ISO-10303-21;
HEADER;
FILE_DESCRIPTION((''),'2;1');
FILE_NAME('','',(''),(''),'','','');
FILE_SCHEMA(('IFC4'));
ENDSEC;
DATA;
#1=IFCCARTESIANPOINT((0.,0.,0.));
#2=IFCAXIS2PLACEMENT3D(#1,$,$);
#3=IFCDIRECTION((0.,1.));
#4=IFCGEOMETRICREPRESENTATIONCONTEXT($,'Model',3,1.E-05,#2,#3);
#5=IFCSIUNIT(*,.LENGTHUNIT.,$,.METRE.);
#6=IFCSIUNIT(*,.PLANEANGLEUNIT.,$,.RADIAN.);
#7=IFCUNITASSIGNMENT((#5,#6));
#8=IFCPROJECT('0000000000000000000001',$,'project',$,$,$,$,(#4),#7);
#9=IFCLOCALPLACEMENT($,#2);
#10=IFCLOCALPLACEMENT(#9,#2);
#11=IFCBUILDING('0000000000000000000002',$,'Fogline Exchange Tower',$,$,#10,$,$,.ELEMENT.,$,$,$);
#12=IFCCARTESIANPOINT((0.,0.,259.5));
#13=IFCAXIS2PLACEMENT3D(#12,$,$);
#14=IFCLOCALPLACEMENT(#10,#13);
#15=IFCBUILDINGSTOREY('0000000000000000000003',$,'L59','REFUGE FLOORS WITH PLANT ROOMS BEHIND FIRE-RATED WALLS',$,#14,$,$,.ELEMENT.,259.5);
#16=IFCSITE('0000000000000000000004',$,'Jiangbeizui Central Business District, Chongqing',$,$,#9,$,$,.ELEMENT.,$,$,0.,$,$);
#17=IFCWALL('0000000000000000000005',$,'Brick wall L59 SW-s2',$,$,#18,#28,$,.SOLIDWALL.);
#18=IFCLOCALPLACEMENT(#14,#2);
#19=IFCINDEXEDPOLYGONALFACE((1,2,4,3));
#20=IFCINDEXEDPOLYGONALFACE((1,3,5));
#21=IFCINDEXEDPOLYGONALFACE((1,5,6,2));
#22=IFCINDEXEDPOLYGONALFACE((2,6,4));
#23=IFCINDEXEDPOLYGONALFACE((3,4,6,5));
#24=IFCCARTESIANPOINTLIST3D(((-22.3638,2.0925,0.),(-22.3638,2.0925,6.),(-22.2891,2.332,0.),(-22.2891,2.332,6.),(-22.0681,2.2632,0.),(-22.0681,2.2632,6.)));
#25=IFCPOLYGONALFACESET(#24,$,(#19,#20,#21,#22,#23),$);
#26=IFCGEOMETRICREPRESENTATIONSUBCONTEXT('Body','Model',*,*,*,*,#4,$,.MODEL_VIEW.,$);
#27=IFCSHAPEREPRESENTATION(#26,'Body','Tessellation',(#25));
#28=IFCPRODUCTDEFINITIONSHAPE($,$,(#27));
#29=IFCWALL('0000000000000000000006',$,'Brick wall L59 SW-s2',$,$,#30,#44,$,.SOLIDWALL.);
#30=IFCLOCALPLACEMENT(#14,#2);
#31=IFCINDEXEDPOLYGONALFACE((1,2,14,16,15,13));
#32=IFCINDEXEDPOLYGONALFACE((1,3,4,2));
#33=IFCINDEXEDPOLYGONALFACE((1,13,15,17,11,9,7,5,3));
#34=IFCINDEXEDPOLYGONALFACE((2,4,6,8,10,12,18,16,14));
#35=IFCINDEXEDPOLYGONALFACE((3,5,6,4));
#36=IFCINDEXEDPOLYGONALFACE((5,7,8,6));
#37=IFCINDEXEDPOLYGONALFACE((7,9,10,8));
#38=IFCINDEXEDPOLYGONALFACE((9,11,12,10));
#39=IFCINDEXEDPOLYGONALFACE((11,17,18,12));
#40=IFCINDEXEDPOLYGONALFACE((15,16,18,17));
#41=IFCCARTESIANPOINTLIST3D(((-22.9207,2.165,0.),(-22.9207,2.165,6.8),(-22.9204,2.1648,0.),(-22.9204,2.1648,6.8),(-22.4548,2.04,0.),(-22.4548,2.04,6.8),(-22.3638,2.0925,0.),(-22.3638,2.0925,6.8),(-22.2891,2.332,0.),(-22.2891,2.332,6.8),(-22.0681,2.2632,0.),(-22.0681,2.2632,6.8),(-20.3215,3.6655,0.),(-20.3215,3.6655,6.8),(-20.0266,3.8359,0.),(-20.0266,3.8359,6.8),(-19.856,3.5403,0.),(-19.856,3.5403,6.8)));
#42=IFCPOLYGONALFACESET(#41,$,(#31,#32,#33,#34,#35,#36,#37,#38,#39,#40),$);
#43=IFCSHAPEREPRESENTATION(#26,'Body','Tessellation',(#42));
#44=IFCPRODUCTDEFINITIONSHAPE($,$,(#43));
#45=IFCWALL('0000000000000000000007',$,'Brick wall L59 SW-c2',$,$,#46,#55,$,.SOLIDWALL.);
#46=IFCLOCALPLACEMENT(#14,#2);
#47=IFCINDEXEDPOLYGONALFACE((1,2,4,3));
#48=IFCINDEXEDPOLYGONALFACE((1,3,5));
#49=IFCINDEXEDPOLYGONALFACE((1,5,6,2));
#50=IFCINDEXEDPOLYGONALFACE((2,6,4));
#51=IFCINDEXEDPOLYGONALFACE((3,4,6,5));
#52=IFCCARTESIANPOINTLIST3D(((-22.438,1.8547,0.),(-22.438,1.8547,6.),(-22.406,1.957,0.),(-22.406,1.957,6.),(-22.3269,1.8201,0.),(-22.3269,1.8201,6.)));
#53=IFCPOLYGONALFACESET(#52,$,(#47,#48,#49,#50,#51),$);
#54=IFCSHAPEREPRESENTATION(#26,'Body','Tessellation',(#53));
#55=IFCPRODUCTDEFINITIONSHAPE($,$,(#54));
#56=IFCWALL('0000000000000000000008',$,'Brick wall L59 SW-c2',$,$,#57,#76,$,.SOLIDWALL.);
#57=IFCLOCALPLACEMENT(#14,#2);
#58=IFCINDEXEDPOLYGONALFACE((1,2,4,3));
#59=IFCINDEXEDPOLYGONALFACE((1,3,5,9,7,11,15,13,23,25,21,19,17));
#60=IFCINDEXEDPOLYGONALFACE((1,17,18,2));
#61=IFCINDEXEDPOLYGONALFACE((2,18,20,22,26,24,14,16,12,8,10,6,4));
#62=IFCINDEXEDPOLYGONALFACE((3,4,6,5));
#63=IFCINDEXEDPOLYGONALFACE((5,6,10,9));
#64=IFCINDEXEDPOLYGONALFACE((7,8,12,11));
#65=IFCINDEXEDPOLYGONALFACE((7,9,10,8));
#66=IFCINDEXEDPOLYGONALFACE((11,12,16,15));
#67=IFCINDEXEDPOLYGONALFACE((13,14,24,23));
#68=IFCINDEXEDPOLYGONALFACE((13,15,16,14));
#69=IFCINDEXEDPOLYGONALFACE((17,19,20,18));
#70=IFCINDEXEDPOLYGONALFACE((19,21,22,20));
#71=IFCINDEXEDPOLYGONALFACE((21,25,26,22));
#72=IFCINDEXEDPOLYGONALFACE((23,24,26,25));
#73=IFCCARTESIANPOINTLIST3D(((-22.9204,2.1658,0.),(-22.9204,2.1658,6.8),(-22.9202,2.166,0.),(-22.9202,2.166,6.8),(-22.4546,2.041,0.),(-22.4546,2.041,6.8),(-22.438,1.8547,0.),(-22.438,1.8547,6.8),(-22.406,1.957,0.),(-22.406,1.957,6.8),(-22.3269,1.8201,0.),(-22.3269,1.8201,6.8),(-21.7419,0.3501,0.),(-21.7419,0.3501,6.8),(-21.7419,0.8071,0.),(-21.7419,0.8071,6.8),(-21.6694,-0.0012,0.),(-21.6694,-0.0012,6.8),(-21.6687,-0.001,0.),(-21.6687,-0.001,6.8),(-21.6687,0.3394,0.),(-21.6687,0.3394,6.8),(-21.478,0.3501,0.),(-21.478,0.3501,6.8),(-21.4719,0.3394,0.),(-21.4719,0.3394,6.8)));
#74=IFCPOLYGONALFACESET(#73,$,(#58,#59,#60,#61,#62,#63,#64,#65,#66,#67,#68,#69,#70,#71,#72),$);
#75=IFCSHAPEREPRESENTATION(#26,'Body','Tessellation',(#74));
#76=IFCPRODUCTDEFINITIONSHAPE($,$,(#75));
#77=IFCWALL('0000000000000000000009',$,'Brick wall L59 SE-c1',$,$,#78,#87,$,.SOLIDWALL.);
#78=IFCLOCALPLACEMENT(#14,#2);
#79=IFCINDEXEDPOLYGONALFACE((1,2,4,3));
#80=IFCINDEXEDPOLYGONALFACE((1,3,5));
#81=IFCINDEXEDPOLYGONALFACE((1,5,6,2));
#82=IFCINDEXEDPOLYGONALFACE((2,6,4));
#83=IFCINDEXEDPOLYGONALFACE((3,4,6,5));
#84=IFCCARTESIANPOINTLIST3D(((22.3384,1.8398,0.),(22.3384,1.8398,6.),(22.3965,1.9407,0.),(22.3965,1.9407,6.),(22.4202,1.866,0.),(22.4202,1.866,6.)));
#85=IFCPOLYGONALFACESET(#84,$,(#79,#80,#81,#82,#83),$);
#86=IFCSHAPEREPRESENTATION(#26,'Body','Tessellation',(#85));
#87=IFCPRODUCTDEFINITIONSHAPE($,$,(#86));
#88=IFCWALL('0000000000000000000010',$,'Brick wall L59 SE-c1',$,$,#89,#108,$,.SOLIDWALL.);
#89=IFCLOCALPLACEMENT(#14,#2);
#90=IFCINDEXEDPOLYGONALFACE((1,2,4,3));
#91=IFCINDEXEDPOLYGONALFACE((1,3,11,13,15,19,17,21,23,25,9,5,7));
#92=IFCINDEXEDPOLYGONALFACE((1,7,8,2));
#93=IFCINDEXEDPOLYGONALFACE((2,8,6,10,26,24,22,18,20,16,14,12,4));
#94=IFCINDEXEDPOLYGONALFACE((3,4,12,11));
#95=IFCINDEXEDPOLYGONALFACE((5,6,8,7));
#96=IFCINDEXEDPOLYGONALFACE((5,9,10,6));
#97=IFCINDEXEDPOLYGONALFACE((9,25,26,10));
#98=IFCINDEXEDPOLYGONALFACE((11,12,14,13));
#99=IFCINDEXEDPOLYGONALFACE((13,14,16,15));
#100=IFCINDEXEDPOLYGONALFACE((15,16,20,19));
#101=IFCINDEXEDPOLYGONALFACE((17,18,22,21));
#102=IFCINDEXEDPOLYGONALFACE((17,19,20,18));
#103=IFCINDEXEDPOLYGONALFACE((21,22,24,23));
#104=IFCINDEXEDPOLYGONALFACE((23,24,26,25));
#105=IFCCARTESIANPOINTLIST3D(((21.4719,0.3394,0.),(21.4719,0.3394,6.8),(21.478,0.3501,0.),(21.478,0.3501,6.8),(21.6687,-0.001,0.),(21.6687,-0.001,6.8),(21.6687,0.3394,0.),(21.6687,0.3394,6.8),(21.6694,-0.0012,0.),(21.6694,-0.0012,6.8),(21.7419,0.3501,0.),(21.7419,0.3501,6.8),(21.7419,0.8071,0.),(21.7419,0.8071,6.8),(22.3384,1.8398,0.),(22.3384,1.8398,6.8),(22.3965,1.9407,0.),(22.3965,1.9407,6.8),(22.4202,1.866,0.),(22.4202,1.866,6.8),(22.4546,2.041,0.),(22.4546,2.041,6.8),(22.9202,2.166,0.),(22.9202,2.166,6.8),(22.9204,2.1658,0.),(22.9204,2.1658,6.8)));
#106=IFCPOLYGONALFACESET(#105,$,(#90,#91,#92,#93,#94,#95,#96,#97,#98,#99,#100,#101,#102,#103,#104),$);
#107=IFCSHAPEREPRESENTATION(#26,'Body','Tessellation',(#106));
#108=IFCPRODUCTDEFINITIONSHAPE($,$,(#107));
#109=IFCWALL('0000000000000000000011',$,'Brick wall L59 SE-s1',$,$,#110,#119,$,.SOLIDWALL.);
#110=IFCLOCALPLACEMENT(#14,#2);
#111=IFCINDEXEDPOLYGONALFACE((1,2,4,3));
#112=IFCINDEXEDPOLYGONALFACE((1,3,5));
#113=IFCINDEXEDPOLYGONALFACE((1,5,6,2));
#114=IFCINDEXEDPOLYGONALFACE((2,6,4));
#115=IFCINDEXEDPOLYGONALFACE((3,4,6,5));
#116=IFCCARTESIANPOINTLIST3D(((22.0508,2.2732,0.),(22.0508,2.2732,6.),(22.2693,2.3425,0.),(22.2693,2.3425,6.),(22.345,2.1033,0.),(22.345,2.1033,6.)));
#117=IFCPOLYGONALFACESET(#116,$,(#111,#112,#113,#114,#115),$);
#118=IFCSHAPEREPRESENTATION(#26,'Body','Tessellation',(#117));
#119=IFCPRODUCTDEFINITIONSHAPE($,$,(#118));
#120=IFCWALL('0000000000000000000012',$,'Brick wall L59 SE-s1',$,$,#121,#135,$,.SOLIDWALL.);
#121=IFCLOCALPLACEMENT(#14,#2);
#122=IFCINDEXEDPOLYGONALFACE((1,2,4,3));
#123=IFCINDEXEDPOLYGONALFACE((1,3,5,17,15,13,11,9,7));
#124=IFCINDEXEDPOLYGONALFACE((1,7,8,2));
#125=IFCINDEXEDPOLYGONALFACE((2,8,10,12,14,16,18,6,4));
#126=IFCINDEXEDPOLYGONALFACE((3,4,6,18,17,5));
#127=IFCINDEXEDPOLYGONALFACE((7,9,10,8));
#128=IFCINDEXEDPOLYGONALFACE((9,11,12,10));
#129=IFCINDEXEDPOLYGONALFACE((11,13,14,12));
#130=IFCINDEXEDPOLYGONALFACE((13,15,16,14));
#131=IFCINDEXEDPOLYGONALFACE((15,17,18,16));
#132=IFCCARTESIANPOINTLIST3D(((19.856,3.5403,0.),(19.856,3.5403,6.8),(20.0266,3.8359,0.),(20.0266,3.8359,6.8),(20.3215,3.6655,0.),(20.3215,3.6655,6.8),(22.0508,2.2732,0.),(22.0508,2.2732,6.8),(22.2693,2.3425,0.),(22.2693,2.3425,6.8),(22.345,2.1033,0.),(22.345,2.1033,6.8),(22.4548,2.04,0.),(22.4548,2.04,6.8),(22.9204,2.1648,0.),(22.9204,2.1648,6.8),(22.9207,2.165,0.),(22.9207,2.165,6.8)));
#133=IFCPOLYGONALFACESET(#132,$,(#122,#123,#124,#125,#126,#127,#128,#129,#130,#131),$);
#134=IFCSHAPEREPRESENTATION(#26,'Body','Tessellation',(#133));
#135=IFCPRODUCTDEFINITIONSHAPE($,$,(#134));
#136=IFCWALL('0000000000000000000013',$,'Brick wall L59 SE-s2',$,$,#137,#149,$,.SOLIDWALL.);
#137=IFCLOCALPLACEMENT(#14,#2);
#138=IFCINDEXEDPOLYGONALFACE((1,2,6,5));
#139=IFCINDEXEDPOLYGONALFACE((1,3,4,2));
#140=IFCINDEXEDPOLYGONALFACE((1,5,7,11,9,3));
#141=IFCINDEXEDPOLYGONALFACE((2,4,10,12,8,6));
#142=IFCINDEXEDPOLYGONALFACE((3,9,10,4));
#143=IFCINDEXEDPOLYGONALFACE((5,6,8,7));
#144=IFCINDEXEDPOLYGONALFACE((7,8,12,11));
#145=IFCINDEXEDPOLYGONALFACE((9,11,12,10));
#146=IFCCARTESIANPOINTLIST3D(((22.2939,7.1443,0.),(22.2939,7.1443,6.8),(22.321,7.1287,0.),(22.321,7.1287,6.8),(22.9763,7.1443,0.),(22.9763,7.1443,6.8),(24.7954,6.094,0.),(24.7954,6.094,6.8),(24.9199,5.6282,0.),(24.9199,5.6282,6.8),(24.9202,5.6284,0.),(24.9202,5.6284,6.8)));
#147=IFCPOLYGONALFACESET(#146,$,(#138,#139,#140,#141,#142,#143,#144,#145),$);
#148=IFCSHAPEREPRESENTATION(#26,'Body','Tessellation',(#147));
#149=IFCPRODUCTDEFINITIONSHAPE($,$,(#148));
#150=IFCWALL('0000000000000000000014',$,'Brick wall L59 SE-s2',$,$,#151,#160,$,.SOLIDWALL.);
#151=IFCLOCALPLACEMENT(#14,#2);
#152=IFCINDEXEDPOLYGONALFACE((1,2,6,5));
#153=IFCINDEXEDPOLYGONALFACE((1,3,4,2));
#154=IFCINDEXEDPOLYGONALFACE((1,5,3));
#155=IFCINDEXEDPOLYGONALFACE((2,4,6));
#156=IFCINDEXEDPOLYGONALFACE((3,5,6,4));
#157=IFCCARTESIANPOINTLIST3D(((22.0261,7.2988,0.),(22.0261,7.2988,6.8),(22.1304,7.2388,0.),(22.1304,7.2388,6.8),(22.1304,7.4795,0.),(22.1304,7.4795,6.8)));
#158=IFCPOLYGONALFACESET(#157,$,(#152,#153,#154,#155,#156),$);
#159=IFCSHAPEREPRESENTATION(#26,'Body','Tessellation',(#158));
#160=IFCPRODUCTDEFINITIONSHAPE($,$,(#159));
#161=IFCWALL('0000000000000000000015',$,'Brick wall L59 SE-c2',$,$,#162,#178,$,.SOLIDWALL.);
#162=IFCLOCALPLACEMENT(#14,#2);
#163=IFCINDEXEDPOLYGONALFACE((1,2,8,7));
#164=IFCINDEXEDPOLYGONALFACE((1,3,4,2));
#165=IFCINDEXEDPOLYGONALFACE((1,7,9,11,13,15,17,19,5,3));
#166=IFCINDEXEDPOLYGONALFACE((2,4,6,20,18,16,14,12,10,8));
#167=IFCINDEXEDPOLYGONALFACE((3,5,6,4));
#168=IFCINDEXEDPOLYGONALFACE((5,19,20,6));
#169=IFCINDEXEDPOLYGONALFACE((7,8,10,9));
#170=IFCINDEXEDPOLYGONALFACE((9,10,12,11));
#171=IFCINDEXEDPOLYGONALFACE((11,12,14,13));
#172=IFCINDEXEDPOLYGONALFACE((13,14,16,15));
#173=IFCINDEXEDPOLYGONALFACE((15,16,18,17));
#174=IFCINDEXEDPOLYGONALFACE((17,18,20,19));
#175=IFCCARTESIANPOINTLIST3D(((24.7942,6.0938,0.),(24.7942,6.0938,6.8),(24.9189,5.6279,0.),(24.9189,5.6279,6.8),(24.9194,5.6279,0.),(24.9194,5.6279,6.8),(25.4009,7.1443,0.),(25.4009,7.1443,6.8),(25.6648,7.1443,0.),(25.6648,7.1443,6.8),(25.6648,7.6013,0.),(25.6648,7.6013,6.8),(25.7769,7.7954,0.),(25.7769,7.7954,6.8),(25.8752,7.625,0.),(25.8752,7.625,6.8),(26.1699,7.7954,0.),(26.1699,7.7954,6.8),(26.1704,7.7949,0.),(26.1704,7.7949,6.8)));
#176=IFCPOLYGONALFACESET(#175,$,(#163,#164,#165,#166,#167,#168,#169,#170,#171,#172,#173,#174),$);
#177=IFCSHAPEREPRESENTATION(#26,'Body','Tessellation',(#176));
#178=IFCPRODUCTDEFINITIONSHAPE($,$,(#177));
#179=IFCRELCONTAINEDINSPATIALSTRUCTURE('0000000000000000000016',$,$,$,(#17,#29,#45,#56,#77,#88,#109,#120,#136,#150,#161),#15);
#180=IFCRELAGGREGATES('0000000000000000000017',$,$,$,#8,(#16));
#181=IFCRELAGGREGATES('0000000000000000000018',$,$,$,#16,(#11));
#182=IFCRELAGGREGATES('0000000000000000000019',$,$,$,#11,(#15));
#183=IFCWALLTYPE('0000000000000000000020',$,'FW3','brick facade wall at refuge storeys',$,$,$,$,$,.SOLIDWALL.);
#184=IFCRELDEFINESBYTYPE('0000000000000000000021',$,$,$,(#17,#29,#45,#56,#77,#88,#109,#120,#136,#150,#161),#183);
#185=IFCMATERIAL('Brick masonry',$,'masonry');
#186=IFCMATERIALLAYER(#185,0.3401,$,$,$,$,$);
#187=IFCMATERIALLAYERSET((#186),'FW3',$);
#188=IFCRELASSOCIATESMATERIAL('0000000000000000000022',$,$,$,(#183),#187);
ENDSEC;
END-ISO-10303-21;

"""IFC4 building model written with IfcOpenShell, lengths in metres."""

from ifc_helpers import new_model, si_unit, direction, frame, origin, place, context, subcontext, project, spatial, polyline, outline, extrude, material, layer, layer_set, type_object, element, save


model = new_model("IFC4")

# Units and contexts
model_context = context("Model", 3, precision=1e-05, world=origin(), true_north=direction((0.0, 1.0)))
body_context = subcontext(model_context, "Body", "Model", "MODEL_VIEW")
ifc_project = project(units=[si_unit("LENGTHUNIT", "METRE"), si_unit("PLANEANGLEUNIT", "RADIAN")], contexts=[model_context])

# Site, building, storey
site_placement = place(None, origin())
site = spatial("IfcSite", under=ifc_project, at=site_placement, Name="Jiangbeizui Central Business District, Chongqing", CompositionType="ELEMENT", RefElevation=0.0)
building_placement = place(site_placement, origin())
building = spatial("IfcBuilding", under=site, at=building_placement, Name="Fogline Exchange Tower", CompositionType="ELEMENT")
storey_placement = place(building_placement, frame((0.0, 0.0, 259.5)))
storey = spatial("IfcBuildingStorey", under=building, at=storey_placement, Name="L59", Description="REFUGE FLOORS WITH PLANT ROOMS BEHIND FIRE-RATED WALLS", CompositionType="ELEMENT", Elevation=259.5)

# Walls
ifc_material_1 = material(Name="Brick masonry", Category="masonry")
ifc_layer_1 = layer(ifc_material_1, 0.3401)
ifc_layer_set_1 = layer_set([ifc_layer_1], Name="FW3")
wall_type_1 = type_object("IfcWallType", Name="FW3", Description="brick facade wall at refuge storeys", PredefinedType="SOLIDWALL", material=ifc_layer_set_1)
wall_1_placement = place(storey_placement, origin())
element("IfcWall", 1, at=wall_1_placement, inside=storey, type_object=wall_type_1, Name="Brick wall L59 SW-s2", PredefinedType="SOLIDWALL", context=body_context, shape_type="SweptSolid", body=[
    extrude(outline(polyline([(-22.3638, 2.0925), (-22.2891, 2.332), (-22.0681, 2.2632), (-22.3638, 2.0925)])), origin(), (0.0, 0.0, 1.0), 6.0),
])
wall_2_placement = place(storey_placement, origin())
element("IfcWall", 2, at=wall_2_placement, inside=storey, type_object=wall_type_1, Name="Brick wall L59 SW-s2", PredefinedType="SOLIDWALL", context=body_context, shape_type="SweptSolid", body=[
    extrude(outline(polyline([(-20.3215, 3.6655), (-20.0266, 3.8359), (-19.856, 3.5403), (-22.0681, 2.2632), (-22.2891, 2.332), (-22.3638, 2.0925), (-22.4548, 2.04), (-22.9204, 2.1648), (-22.9207, 2.165), (-20.3215, 3.6655)])), origin(), (0.0, 0.0, 1.0), 6.8),
])
wall_3_placement = place(storey_placement, origin())
element("IfcWall", 3, at=wall_3_placement, inside=storey, type_object=wall_type_1, Name="Brick wall L59 SW-c2", PredefinedType="SOLIDWALL", context=body_context, shape_type="SweptSolid", body=[
    extrude(outline(polyline([(-22.3269, 1.8201), (-22.438, 1.8547), (-22.406, 1.957), (-22.3269, 1.8201)])), origin(), (0.0, 0.0, 1.0), 6.0),
])
wall_4_placement = place(storey_placement, origin())
element("IfcWall", 4, at=wall_4_placement, inside=storey, type_object=wall_type_1, Name="Brick wall L59 SW-c2", PredefinedType="SOLIDWALL", context=body_context, shape_type="SweptSolid", body=[
    extrude(outline(polyline([(-21.7419, 0.3501), (-21.478, 0.3501), (-21.4719, 0.3394), (-21.6687, 0.3394), (-21.6687, -0.001), (-21.6694, -0.0012), (-22.9204, 2.1658), (-22.9202, 2.166), (-22.4546, 2.041), (-22.406, 1.957), (-22.438, 1.8547), (-22.3269, 1.8201), (-21.7419, 0.8071), (-21.7419, 0.3501)])), origin(), (0.0, 0.0, 1.0), 6.8),
])
wall_5_placement = place(storey_placement, origin())
element("IfcWall", 5, at=wall_5_placement, inside=storey, type_object=wall_type_1, Name="Brick wall L59 SE-c1", PredefinedType="SOLIDWALL", context=body_context, shape_type="SweptSolid", body=[
    extrude(outline(polyline([(22.3965, 1.9407), (22.4202, 1.866), (22.3384, 1.8398), (22.3965, 1.9407)])), origin(), (0.0, 0.0, 1.0), 6.0),
])
wall_6_placement = place(storey_placement, origin())
element("IfcWall", 6, at=wall_6_placement, inside=storey, type_object=wall_type_1, Name="Brick wall L59 SE-c1", PredefinedType="SOLIDWALL", context=body_context, shape_type="SweptSolid", body=[
    extrude(outline(polyline([(21.6694, -0.0012), (21.6687, -0.001), (21.6687, 0.3394), (21.4719, 0.3394), (21.478, 0.3501), (21.7419, 0.3501), (21.7419, 0.8071), (22.3384, 1.8398), (22.4202, 1.866), (22.3965, 1.9407), (22.4546, 2.041), (22.9202, 2.166), (22.9204, 2.1658), (21.6694, -0.0012)])), origin(), (0.0, 0.0, 1.0), 6.8),
])
wall_7_placement = place(storey_placement, origin())
element("IfcWall", 7, at=wall_7_placement, inside=storey, type_object=wall_type_1, Name="Brick wall L59 SE-s1", PredefinedType="SOLIDWALL", context=body_context, shape_type="SweptSolid", body=[
    extrude(outline(polyline([(22.0508, 2.2732), (22.2693, 2.3425), (22.345, 2.1033), (22.0508, 2.2732)])), origin(), (0.0, 0.0, 1.0), 6.0),
])
wall_8_placement = place(storey_placement, origin())
element("IfcWall", 8, at=wall_8_placement, inside=storey, type_object=wall_type_1, Name="Brick wall L59 SE-s1", PredefinedType="SOLIDWALL", context=body_context, shape_type="SweptSolid", body=[
    extrude(outline(polyline([(20.0266, 3.8359), (20.3215, 3.6655), (22.9207, 2.165), (22.9204, 2.1648), (22.4548, 2.04), (22.345, 2.1033), (22.2693, 2.3425), (22.0508, 2.2732), (19.856, 3.5403), (20.0266, 3.8359)])), origin(), (0.0, 0.0, 1.0), 6.8),
])
wall_9_placement = place(storey_placement, origin())
element("IfcWall", 9, at=wall_9_placement, inside=storey, type_object=wall_type_1, Name="Brick wall L59 SE-s2", PredefinedType="SOLIDWALL", context=body_context, shape_type="SweptSolid", body=[
    extrude(outline(polyline([(24.9199, 5.6282), (22.321, 7.1287), (22.2939, 7.1443), (22.9763, 7.1443), (24.7954, 6.094), (24.9202, 5.6284), (24.9199, 5.6282)])), origin(), (0.0, 0.0, 1.0), 6.8),
])
wall_10_placement = place(storey_placement, origin())
element("IfcWall", 10, at=wall_10_placement, inside=storey, type_object=wall_type_1, Name="Brick wall L59 SE-s2", PredefinedType="SOLIDWALL", context=body_context, shape_type="SweptSolid", body=[
    extrude(outline(polyline([(22.0261, 7.2988), (22.1304, 7.4795), (22.1304, 7.2388), (22.0261, 7.2988)])), origin(), (0.0, 0.0, 1.0), 6.8),
])
wall_11_placement = place(storey_placement, origin())
element("IfcWall", 11, at=wall_11_placement, inside=storey, type_object=wall_type_1, Name="Brick wall L59 SE-c2", PredefinedType="SOLIDWALL", context=body_context, shape_type="SweptSolid", body=[
    extrude(outline(polyline([(25.4009, 7.1443), (25.6648, 7.1443), (25.6648, 7.6013), (25.7769, 7.7954), (25.8752, 7.625), (26.1699, 7.7954), (26.1704, 7.7949), (24.9194, 5.6279), (24.9189, 5.6279), (24.7942, 6.0938), (25.4009, 7.1443)])), origin(), (0.0, 0.0, 1.0), 6.8),
])

save(model, "model.ifc")
